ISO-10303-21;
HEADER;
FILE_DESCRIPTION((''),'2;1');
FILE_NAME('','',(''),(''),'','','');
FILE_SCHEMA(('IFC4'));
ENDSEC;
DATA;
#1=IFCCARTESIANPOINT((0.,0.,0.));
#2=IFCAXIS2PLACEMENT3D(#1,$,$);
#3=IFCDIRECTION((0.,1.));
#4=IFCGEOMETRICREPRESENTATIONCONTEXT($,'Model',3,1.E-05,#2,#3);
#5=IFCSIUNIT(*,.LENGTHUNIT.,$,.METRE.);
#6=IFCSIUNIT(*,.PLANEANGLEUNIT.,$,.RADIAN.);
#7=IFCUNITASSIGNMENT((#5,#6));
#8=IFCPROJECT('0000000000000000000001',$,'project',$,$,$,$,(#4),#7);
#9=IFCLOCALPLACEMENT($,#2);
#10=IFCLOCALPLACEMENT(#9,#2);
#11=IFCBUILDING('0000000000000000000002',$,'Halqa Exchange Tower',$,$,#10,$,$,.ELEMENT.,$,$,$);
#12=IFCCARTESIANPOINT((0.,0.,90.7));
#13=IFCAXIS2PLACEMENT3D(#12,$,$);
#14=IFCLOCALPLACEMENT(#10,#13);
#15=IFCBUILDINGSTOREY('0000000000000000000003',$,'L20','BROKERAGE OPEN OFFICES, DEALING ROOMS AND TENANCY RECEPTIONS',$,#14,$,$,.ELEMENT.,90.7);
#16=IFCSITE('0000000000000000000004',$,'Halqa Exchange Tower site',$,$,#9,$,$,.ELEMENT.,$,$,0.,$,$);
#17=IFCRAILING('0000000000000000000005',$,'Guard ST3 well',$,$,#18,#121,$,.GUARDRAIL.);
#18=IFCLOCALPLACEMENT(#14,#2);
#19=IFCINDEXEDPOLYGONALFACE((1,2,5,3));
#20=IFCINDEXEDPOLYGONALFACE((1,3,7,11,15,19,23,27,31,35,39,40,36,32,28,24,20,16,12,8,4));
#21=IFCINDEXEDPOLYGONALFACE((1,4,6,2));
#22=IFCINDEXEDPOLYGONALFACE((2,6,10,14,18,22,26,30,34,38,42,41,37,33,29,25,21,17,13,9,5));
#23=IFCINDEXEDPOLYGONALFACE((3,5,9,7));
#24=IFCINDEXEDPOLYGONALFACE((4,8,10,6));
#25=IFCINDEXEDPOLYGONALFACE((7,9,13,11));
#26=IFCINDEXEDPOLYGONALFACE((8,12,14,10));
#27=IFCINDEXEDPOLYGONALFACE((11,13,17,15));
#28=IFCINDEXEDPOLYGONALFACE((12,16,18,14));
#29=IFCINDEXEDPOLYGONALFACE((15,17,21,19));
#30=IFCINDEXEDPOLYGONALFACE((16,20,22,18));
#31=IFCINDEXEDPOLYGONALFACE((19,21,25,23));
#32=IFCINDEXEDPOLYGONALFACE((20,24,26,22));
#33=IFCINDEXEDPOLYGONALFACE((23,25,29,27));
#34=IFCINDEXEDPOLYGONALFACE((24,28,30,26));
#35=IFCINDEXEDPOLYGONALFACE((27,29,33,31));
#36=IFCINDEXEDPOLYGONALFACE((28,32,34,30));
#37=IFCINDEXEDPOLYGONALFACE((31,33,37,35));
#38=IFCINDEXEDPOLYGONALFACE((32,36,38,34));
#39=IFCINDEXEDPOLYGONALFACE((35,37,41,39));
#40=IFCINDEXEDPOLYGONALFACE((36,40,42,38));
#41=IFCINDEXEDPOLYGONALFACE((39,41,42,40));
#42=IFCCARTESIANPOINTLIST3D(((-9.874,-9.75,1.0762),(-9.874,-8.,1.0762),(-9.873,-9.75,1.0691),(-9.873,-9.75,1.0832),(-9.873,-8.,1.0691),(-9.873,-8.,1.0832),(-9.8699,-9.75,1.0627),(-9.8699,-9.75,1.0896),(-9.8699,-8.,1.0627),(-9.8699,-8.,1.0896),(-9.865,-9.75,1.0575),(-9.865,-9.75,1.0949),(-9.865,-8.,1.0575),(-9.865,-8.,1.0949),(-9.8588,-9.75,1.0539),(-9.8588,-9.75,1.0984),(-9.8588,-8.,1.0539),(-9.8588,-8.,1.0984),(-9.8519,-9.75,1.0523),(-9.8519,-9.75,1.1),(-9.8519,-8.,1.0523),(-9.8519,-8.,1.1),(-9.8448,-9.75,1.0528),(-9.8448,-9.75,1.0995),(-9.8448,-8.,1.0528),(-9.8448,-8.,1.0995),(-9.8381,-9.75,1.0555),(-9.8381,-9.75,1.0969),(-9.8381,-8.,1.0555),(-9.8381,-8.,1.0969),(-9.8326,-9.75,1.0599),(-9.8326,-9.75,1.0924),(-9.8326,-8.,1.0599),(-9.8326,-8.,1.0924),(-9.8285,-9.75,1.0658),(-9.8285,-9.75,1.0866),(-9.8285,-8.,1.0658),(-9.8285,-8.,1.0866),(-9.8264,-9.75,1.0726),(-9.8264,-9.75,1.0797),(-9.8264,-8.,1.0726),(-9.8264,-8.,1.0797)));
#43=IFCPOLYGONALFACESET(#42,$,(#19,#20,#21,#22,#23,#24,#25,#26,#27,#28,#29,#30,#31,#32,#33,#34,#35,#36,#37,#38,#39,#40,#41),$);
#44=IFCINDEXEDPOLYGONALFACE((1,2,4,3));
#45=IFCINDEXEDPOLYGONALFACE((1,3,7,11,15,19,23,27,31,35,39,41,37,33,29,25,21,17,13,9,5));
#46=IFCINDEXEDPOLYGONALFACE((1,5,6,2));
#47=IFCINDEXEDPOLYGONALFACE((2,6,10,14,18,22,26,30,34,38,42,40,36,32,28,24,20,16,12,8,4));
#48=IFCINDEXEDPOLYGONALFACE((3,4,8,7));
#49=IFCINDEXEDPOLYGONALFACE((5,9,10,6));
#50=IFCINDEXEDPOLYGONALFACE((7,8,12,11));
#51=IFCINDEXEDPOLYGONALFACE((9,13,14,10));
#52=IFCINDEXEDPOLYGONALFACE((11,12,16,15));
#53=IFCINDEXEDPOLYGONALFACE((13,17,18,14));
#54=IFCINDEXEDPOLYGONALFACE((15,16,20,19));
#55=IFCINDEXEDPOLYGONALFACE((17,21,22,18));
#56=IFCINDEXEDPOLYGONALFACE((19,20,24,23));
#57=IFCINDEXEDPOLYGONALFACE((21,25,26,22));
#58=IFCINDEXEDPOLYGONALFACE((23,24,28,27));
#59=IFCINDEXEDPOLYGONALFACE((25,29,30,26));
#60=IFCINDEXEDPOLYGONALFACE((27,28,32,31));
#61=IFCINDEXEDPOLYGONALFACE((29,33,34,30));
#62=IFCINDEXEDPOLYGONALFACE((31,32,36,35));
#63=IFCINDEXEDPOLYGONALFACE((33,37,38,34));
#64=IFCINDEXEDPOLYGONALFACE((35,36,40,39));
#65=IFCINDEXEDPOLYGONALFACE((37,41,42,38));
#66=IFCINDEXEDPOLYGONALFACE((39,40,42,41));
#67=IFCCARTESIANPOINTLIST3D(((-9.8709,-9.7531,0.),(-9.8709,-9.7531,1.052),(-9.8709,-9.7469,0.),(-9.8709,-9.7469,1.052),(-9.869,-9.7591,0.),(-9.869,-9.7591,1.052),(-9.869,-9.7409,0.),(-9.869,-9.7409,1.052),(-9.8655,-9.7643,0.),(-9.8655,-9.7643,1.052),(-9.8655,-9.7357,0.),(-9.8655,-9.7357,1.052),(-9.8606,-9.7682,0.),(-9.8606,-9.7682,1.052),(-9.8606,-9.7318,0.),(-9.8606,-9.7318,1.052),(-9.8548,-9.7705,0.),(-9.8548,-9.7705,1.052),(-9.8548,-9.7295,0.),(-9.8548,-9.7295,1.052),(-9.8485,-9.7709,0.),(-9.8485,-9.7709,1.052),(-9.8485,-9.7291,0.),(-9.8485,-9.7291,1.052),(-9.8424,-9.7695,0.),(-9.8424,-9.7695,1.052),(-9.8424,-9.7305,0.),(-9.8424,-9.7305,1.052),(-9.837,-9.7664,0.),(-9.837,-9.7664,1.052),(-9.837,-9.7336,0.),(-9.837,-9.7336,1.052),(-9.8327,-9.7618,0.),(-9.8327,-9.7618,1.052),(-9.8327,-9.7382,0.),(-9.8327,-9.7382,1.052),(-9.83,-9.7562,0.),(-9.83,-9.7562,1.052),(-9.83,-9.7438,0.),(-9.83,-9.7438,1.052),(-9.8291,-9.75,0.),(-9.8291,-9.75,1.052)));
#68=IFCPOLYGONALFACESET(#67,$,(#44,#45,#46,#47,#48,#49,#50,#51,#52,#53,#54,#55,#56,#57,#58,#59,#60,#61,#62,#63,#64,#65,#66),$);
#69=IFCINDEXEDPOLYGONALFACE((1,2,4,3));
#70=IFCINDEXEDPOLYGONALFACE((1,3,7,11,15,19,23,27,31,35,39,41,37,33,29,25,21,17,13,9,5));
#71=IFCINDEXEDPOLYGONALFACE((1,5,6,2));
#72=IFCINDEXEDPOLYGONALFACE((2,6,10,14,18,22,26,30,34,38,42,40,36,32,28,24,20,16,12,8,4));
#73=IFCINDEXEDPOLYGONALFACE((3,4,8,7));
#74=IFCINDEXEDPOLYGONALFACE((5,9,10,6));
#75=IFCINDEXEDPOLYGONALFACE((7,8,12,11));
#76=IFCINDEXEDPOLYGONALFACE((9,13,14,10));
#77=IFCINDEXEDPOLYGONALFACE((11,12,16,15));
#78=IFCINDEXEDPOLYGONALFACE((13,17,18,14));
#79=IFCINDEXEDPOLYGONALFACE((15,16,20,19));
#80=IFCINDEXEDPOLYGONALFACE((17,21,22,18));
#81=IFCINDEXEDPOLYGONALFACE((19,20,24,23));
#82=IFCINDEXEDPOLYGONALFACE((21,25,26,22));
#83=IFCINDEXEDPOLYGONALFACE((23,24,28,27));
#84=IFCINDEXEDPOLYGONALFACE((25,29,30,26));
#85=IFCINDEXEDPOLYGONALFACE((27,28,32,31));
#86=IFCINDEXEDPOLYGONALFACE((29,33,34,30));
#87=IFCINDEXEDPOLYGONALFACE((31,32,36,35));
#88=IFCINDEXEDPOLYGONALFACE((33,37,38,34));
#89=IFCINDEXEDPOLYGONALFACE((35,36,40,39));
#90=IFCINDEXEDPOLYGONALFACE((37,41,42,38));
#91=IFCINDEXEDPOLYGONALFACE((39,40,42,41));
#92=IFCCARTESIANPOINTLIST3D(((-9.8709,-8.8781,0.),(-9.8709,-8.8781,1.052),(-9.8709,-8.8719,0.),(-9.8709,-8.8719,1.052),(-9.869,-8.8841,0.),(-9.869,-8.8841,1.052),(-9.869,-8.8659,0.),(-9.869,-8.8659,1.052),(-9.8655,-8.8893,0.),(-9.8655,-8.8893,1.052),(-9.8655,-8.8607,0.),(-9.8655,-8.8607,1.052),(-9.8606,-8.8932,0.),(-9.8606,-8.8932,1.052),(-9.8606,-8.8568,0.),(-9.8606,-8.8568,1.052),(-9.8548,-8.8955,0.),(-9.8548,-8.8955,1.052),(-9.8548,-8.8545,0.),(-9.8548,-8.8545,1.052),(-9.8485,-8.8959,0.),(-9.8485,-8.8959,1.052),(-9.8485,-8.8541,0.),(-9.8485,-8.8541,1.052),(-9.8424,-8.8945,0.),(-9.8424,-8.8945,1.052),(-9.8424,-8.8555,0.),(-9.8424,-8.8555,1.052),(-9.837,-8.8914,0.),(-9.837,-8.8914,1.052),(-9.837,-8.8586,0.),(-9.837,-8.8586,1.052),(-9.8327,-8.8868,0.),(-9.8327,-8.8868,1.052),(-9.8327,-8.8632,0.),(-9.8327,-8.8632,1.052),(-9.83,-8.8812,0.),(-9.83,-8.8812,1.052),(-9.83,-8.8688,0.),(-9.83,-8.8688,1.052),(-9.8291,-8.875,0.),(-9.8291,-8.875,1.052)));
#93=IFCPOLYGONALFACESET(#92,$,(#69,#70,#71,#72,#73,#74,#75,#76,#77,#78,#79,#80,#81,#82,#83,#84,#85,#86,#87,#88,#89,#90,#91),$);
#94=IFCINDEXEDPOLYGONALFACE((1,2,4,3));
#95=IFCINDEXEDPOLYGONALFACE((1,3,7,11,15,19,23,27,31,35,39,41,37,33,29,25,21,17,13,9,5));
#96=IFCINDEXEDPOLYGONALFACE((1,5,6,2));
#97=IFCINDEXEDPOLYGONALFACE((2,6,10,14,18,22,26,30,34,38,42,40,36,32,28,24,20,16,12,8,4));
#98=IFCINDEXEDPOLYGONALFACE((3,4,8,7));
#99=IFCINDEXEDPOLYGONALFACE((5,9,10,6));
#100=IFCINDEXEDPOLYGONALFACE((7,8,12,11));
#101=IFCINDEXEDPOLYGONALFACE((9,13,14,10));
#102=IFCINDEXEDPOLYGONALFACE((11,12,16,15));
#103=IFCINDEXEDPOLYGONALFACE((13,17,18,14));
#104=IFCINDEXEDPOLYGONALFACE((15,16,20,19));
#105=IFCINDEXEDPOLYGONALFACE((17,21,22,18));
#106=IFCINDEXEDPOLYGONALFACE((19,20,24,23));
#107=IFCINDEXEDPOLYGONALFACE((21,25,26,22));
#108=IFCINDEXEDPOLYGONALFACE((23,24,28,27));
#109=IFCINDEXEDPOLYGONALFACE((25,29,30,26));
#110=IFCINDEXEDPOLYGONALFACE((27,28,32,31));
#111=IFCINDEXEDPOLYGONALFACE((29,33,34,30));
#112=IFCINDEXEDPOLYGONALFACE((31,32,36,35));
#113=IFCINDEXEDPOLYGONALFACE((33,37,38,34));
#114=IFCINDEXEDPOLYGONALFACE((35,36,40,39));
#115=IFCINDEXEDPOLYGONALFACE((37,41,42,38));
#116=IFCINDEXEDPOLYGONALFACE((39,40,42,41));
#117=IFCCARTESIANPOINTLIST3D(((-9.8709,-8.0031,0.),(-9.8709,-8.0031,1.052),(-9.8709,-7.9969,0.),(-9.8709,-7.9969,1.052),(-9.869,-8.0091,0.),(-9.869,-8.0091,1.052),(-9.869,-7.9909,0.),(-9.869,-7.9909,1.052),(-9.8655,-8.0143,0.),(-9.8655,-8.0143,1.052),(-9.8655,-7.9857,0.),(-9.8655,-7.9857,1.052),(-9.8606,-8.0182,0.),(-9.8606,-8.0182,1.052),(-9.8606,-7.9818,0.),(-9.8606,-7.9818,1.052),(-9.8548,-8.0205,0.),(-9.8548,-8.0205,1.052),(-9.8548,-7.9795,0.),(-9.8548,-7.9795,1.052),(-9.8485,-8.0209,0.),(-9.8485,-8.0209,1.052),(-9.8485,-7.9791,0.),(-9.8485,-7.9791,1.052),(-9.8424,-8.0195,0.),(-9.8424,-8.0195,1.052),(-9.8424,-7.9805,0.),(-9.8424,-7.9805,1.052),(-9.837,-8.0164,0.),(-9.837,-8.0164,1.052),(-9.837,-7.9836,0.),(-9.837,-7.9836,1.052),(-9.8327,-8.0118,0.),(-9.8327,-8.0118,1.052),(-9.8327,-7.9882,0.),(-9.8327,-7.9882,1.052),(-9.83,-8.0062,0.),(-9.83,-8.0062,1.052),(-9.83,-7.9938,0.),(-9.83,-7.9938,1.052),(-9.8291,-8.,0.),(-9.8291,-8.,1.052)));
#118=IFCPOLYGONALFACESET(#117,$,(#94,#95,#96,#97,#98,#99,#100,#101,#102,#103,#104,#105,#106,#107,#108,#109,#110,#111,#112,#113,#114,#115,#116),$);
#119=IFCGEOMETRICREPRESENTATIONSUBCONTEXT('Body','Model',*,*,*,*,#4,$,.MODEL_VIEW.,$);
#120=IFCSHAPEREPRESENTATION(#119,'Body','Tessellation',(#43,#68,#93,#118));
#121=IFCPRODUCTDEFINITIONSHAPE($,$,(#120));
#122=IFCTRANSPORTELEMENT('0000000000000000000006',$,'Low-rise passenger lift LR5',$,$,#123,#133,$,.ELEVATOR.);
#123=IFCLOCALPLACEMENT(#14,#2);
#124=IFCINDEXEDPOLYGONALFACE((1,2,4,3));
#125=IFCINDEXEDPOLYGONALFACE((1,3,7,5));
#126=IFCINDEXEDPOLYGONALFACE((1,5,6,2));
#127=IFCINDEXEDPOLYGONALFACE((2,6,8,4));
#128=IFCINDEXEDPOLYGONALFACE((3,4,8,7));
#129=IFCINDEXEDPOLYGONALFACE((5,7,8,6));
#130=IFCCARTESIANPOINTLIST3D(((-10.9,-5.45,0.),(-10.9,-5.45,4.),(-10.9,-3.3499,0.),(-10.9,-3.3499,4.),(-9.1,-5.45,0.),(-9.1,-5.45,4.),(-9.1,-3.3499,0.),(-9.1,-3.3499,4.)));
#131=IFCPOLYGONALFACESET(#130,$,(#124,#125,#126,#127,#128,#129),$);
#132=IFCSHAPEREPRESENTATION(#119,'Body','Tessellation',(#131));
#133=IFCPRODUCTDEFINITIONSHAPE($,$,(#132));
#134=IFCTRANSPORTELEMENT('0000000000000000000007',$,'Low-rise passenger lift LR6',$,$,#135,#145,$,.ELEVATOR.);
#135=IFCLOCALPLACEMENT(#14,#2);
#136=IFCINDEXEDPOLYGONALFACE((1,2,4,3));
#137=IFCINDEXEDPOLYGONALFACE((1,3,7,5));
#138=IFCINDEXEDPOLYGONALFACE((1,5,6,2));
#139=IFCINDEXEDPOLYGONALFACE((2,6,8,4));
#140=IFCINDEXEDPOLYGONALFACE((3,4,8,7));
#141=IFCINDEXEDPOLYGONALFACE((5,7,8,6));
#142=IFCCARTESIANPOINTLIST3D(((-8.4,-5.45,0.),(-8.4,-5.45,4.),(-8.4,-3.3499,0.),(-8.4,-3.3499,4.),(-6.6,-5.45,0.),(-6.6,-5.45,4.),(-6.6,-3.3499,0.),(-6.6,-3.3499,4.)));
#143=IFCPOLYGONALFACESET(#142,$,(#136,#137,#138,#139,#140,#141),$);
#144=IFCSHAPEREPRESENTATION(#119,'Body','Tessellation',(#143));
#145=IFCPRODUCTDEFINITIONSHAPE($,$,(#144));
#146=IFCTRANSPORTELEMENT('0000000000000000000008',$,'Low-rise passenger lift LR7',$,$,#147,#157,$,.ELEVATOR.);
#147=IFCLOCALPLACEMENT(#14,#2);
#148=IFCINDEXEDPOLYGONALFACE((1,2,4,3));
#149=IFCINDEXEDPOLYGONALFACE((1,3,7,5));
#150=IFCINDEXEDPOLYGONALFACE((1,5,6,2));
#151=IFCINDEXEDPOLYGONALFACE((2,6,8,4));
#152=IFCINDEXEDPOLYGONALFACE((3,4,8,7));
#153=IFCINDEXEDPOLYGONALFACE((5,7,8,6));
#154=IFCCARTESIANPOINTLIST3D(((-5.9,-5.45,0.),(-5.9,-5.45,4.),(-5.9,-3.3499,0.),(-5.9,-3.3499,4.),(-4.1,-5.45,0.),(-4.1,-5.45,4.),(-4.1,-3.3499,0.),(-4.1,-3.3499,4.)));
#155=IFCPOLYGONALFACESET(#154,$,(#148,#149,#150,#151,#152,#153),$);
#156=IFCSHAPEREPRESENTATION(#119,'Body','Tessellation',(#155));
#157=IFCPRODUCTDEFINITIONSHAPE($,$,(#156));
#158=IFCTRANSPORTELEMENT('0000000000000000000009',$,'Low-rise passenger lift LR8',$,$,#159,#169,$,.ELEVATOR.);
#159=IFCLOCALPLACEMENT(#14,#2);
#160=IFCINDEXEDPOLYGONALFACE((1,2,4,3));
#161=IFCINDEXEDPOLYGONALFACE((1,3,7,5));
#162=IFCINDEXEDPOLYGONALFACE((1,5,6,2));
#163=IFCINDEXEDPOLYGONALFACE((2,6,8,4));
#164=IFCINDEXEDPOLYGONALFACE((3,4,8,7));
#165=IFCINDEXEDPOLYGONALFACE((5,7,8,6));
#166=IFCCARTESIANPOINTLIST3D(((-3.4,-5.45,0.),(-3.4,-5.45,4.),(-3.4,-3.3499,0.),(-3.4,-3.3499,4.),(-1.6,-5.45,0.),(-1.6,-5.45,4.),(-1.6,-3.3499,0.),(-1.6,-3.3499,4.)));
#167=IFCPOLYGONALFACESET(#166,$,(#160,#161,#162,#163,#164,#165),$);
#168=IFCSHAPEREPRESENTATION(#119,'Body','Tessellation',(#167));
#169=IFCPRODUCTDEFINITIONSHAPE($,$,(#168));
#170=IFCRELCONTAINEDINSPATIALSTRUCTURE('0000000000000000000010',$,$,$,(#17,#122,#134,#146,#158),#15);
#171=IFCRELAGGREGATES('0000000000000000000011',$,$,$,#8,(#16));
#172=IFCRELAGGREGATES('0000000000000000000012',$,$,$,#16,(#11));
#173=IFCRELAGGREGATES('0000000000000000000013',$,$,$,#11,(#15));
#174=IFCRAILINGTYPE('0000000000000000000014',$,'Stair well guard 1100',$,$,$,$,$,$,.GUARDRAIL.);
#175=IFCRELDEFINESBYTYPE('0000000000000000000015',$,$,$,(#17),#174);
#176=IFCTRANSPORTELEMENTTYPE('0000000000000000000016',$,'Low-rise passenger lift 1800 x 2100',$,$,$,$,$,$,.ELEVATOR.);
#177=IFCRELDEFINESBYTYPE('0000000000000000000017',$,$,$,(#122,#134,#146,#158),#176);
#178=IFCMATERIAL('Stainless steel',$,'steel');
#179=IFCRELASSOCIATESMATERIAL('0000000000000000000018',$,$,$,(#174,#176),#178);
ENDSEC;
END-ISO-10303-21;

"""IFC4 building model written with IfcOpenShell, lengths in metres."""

from ifc_helpers import new_model, si_unit, direction, frame, origin, origin_2d, place, context, subcontext, project, spatial, rectangle, circle, extrude, material, type_object, element, save


model = new_model("IFC4")

# Units and contexts
model_context = context("Model", 3, precision=1e-05, world=origin(), true_north=direction((0.0, 1.0)))
body_context = subcontext(model_context, "Body", "Model", "MODEL_VIEW")
ifc_project = project(units=[si_unit("LENGTHUNIT", "METRE"), si_unit("PLANEANGLEUNIT", "RADIAN")], contexts=[model_context])

# Site, building, storey
site_placement = place(None, origin())
site = spatial("IfcSite", under=ifc_project, at=site_placement, Name="Halqa Exchange Tower site", CompositionType="ELEMENT", RefElevation=0.0)
building_placement = place(site_placement, origin())
building = spatial("IfcBuilding", under=site, at=building_placement, Name="Halqa Exchange Tower", CompositionType="ELEMENT")
storey_placement = place(building_placement, frame((0.0, 0.0, 90.7)))
storey = spatial("IfcBuildingStorey", under=building, at=storey_placement, Name="L20", Description="BROKERAGE OPEN OFFICES, DEALING ROOMS AND TENANCY RECEPTIONS", CompositionType="ELEMENT", Elevation=90.7)

# Shared definitions
ifc_material_1 = material(Name="Stainless steel", Category="steel")

# Railing
railing_type_1 = type_object("IfcRailingType", Name="Stair well guard 1100", PredefinedType="GUARDRAIL", material=ifc_material_1)
railing_1_placement = place(storey_placement, frame((-9.8501, -9.75, 0.0)))
element("IfcRailing", 1, at=railing_1_placement, inside=storey, type_object=railing_type_1, Name="Guard ST3 well", PredefinedType="GUARDRAIL", context=body_context, shape_type="SweptSolid", body=[
    extrude(circle(Radius=0.0239, at=origin_2d()), frame((0.0, 0.0, 1.0762), z_axis=(0.0, 1.0, 0.0), x_axis=(-1.0, 0.0, 0.0)), (0.0, 0.0, 1.0), 1.75),
    extrude(circle(Radius=0.021, at=origin_2d()), origin(), (0.0, 0.0, 1.0), 1.052),
    extrude(circle(Radius=0.021, at=origin_2d()), frame((0.0, 0.875, 0.0)), (0.0, 0.0, 1.0), 1.052),
    extrude(circle(Radius=0.021, at=origin_2d()), frame((0.0, 1.75, 0.0)), (0.0, 0.0, 1.0), 1.052),
])

# Transport elements
transport_element_type = type_object("IfcTransportElementType", Name="Low-rise passenger lift 1800 x 2100", PredefinedType="ELEVATOR", material=ifc_material_1)
for number, where, z_axis, x_axis, name in (
    (2, (-10.0, -4.3999, 0.0), (0.0, 0.0, 1.0), (1.0, 0.0, 0.0), "Low-rise passenger lift LR5"),
    (3, (-7.5, -4.3999, 0.0), (0.0, 0.0, 1.0), (1.0, 0.0, 0.0), "Low-rise passenger lift LR6"),
    (4, (-5.0, -4.3999, 0.0), (0.0, 0.0, 1.0), (1.0, 0.0, 0.0), "Low-rise passenger lift LR7"),
    (5, (-2.5, -4.3999, 0.0), (0.0, 0.0, 1.0), (1.0, 0.0, 0.0), "Low-rise passenger lift LR8"),
):
    element("IfcTransportElement", number, at=place(storey_placement, frame(where, z_axis=z_axis, x_axis=x_axis)), inside=storey, type_object=transport_element_type, Name=name, PredefinedType="ELEVATOR", context=body_context, shape_type="SweptSolid", body=[
        extrude(rectangle(XDim=1.8, YDim=2.1001, at=origin_2d()), origin(), (0.0, 0.0, 1.0), 4.0),
    ])

save(model, "model.ifc")
